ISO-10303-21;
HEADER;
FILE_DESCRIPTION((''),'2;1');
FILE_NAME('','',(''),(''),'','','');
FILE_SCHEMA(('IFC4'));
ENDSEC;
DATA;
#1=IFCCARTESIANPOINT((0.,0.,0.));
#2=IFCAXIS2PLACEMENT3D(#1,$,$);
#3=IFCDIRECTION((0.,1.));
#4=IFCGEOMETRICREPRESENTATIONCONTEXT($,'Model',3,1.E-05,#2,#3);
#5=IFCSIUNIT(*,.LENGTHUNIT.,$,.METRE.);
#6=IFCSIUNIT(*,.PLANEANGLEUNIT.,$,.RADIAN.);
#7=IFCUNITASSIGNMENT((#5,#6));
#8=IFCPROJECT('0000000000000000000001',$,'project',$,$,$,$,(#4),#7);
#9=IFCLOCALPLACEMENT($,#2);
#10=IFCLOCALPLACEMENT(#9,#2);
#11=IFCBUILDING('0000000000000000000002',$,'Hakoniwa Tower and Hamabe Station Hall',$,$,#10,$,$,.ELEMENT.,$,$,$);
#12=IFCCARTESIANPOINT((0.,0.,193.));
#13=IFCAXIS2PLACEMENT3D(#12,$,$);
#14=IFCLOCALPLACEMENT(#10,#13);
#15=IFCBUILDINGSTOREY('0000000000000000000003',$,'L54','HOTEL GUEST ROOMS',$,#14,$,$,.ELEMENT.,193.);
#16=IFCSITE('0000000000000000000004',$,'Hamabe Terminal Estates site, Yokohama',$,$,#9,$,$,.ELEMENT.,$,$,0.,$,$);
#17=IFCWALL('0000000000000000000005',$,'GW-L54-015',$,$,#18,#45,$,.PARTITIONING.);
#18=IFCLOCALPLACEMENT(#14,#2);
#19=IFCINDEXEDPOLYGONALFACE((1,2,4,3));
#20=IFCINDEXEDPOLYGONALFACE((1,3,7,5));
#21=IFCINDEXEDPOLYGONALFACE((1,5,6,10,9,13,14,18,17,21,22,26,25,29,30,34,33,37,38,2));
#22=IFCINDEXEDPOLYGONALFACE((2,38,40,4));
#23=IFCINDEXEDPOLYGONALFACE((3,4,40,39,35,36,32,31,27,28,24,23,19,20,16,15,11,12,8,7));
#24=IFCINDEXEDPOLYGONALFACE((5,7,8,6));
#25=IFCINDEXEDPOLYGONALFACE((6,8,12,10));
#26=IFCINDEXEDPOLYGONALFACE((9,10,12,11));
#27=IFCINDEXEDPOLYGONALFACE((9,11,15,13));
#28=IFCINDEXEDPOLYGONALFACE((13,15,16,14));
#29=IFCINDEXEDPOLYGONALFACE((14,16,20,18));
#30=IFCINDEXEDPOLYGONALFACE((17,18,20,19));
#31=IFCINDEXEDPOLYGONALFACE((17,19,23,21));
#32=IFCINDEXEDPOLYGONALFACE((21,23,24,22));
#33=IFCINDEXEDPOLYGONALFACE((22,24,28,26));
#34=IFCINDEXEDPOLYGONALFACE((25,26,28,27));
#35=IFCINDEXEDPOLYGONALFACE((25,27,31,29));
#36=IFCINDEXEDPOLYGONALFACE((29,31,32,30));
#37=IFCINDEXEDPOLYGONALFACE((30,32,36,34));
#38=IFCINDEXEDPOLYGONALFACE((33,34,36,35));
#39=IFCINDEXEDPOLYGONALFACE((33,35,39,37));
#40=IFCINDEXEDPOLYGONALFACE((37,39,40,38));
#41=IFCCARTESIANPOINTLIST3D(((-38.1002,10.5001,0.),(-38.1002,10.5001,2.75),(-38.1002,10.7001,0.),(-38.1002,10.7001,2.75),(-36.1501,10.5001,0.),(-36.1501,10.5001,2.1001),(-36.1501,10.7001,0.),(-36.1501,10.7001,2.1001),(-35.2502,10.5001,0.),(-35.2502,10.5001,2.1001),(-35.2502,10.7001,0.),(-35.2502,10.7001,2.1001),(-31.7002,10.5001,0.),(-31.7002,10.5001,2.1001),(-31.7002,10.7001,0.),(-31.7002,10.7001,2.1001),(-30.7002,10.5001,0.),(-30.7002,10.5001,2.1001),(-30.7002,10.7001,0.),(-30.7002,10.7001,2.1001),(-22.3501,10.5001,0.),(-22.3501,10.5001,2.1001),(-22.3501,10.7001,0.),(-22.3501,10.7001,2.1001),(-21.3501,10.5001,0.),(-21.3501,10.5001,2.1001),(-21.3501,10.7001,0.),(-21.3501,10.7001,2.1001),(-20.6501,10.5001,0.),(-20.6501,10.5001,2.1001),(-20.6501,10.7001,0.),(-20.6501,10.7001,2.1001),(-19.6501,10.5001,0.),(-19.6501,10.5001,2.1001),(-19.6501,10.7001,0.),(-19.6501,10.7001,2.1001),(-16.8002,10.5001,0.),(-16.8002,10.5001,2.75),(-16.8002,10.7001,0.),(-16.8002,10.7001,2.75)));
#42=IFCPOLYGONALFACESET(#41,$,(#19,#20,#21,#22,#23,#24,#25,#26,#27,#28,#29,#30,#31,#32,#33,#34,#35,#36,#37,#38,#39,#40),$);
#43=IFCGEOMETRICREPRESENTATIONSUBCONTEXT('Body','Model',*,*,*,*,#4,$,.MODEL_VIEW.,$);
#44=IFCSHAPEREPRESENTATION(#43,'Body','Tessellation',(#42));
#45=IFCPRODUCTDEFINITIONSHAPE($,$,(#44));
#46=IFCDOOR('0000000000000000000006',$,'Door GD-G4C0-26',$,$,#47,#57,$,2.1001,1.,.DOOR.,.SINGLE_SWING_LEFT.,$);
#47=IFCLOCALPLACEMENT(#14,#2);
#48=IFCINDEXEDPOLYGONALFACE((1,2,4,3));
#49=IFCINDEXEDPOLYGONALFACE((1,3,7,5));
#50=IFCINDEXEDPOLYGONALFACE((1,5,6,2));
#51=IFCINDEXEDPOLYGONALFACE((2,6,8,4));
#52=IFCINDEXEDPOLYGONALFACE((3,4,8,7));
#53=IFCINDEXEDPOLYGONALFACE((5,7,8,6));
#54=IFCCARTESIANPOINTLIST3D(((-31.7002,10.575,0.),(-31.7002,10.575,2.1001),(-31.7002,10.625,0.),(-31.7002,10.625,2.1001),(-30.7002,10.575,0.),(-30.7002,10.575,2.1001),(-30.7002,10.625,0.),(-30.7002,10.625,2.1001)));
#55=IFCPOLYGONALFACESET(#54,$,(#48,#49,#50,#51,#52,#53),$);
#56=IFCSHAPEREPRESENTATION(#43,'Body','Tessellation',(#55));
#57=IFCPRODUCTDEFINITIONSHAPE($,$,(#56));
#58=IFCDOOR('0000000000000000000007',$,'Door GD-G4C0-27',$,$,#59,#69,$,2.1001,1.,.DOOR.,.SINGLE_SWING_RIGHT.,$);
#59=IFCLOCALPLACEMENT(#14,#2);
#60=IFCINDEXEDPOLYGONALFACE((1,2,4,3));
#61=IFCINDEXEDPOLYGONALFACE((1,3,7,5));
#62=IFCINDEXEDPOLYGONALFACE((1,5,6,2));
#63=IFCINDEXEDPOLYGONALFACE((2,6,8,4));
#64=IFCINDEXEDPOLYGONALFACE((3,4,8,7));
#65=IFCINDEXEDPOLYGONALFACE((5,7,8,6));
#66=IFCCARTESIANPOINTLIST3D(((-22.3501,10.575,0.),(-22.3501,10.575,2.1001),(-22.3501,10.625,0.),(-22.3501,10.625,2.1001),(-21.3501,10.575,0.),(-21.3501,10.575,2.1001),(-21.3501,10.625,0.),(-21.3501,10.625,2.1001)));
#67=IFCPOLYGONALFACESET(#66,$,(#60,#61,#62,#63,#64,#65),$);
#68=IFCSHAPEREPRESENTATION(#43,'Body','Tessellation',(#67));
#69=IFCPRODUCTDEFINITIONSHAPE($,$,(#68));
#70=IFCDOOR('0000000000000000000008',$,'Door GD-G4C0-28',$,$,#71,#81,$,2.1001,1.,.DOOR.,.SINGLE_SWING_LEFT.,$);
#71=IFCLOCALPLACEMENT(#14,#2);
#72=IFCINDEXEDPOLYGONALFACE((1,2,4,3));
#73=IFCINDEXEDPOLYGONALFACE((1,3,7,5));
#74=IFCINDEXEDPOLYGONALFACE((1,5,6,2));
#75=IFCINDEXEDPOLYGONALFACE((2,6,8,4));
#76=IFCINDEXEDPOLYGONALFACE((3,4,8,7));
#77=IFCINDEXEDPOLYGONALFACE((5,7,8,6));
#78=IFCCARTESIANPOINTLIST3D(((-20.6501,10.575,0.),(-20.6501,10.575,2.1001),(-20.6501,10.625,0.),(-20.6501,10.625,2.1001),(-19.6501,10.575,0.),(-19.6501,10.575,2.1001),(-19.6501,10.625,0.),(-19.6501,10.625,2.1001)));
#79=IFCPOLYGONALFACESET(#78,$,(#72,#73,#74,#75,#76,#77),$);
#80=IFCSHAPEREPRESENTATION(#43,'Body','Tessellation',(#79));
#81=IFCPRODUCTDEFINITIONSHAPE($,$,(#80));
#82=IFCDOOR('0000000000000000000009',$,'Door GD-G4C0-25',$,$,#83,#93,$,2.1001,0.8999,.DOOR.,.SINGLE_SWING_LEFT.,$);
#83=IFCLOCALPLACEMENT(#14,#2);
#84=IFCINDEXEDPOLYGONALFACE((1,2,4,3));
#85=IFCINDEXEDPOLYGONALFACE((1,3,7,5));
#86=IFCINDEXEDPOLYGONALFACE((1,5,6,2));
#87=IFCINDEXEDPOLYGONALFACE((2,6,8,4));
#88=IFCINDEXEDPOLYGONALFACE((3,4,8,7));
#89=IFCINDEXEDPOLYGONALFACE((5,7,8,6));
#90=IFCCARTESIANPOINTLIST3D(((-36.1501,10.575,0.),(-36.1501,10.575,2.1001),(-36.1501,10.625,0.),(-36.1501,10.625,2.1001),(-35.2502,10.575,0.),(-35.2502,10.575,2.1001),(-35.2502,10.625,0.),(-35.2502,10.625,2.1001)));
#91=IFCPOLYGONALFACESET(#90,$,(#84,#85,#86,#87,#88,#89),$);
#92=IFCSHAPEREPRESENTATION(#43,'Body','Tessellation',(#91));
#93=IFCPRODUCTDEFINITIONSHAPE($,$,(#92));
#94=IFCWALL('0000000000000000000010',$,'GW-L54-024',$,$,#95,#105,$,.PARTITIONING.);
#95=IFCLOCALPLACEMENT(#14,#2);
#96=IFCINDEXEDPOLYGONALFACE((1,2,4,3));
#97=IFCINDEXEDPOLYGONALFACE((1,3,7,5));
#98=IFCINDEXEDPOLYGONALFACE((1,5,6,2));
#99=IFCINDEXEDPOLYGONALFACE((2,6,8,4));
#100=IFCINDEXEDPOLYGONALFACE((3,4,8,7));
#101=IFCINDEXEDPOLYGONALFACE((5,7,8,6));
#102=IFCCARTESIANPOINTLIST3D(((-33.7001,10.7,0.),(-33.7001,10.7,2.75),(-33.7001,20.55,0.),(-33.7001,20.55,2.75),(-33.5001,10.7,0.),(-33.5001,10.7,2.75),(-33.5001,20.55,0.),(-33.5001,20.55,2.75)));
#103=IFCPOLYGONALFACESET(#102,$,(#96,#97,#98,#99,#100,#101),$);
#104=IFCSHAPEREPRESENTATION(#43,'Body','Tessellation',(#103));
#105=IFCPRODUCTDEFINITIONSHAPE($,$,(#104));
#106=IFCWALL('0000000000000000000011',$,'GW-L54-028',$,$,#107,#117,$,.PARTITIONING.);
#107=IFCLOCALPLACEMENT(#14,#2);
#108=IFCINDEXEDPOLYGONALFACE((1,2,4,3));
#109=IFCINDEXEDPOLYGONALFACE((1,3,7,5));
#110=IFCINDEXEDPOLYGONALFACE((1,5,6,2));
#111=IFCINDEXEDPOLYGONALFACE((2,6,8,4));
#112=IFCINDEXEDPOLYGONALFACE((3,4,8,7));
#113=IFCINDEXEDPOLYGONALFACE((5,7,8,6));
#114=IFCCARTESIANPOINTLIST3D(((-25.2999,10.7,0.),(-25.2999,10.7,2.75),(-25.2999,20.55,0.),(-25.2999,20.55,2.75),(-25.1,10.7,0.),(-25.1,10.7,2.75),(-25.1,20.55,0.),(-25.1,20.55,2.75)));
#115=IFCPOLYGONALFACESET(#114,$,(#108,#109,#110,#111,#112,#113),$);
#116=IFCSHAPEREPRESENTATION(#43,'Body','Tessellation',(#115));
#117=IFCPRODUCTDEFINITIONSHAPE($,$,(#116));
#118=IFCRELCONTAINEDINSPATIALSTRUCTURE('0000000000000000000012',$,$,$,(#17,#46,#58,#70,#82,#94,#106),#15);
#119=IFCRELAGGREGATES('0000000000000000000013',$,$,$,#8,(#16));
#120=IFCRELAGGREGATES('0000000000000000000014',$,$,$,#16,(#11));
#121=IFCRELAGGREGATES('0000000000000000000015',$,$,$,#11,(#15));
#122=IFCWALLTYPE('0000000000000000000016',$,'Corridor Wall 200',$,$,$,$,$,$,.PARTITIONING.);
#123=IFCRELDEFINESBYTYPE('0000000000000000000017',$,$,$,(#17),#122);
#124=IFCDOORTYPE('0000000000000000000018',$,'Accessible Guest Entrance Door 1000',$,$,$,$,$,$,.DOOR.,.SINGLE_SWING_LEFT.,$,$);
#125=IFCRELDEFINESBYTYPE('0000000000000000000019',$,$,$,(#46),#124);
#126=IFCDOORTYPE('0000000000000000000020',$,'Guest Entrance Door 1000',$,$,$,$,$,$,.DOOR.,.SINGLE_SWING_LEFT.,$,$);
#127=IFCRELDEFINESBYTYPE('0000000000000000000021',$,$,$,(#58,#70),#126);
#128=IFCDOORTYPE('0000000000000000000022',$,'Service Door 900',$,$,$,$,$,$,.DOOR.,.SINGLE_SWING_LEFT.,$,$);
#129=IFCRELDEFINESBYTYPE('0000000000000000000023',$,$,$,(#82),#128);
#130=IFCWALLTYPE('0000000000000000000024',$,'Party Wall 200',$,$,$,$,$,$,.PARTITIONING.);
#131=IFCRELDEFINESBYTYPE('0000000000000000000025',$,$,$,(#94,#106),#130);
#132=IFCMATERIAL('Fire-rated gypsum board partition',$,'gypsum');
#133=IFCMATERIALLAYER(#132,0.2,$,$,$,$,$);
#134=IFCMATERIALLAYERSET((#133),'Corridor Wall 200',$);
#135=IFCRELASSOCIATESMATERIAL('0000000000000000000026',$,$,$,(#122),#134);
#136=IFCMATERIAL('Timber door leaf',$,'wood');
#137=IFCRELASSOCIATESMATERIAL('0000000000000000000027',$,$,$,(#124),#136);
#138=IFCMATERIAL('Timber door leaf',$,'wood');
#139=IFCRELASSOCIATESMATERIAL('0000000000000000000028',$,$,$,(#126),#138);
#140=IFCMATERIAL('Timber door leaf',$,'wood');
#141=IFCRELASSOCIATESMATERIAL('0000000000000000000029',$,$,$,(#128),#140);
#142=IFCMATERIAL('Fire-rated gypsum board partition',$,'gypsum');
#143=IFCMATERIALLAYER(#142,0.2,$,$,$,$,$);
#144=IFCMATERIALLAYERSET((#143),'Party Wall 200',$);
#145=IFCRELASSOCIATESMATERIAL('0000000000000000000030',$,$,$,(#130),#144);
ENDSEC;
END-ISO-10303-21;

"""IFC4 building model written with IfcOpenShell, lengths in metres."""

from ifc_helpers import new_model, si_unit, direction, frame, frame_2d, origin, place, context, subcontext, project, spatial, rectangle, extrude, material, layer, layer_set, type_object, element, fill, save


model = new_model("IFC4")

# Units and contexts
model_context = context("Model", 3, precision=1e-05, world=origin(), true_north=direction((0.0, 1.0)))
body_context = subcontext(model_context, "Body", "Model", "MODEL_VIEW")
ifc_project = project(units=[si_unit("LENGTHUNIT", "METRE"), si_unit("PLANEANGLEUNIT", "RADIAN")], contexts=[model_context])

# Site, building, storey
site_placement = place(None, origin())
site = spatial("IfcSite", under=ifc_project, at=site_placement, Name="Hamabe Terminal Estates site, Yokohama", CompositionType="ELEMENT", RefElevation=0.0)
building_placement = place(site_placement, origin())
building = spatial("IfcBuilding", under=site, at=building_placement, Name="Hakoniwa Tower and Hamabe Station Hall", CompositionType="ELEMENT")
storey_placement = place(building_placement, frame((0.0, 0.0, 193.0)))
storey = spatial("IfcBuildingStorey", under=building, at=storey_placement, Name="L54", Description="HOTEL GUEST ROOMS", CompositionType="ELEMENT", Elevation=193.0)

# Wall, openings, doors
ifc_material_1 = material(Name="Fire-rated gypsum board partition", Category="gypsum")
ifc_layer_1 = layer(ifc_material_1, 0.2)
ifc_layer_set_1 = layer_set([ifc_layer_1], Name="Corridor Wall 200")
wall_type_1 = type_object("IfcWallType", Name="Corridor Wall 200", PredefinedType="PARTITIONING", material=ifc_layer_set_1)
wall_1_placement = place(storey_placement, frame((-38.1001, 10.6001, 0.0), z_axis=(0.0, 0.0, 1.0), x_axis=(1.0, 0.0, 0.0)))
wall_1 = element("IfcWall", 1, at=wall_1_placement, inside=storey, type_object=wall_type_1, Name="GW-L54-015", PredefinedType="PARTITIONING", context=body_context, shape_type="SweptSolid", body=[
    extrude(rectangle(XDim=21.3, YDim=0.2, at=frame_2d((10.6499, 0.0))), origin(), (0.0, 0.0, 1.0), 2.75),
])
opening_1_placement = place(wall_1_placement, frame((1.95, 0.0, 0.0)))
opening_1 = element("IfcOpeningElement", 2, at=opening_1_placement, cuts=wall_1, PredefinedType="OPENING", context=body_context, shape_type="SweptSolid", body=[
    extrude(rectangle(XDim=0.8999, YDim=2.1001, at=frame_2d((0.45, 1.05))), frame((0.0, 0.1099, 0.0), z_axis=(0.0, -1.0, 0.0), x_axis=(1.0, 0.0, 0.0)), (0.0, 0.0, 1.0), 0.22),
])
opening_2_placement = place(wall_1_placement, frame((6.3999, 0.0, 0.0)))
opening_2 = element("IfcOpeningElement", 3, at=opening_2_placement, cuts=wall_1, PredefinedType="OPENING", context=body_context, shape_type="SweptSolid", body=[
    extrude(rectangle(XDim=1.0, YDim=2.1001, at=frame_2d((0.5, 1.05))), frame((0.0, 0.1099, 0.0), z_axis=(0.0, -1.0, 0.0), x_axis=(1.0, 0.0, 0.0)), (0.0, 0.0, 1.0), 0.22),
])
opening_3_placement = place(wall_1_placement, frame((15.75, 0.0, 0.0)))
opening_3 = element("IfcOpeningElement", 4, at=opening_3_placement, cuts=wall_1, PredefinedType="OPENING", context=body_context, shape_type="SweptSolid", body=[
    extrude(rectangle(XDim=1.0, YDim=2.1001, at=frame_2d((0.5, 1.05))), frame((0.0, 0.1099, 0.0), z_axis=(0.0, -1.0, 0.0), x_axis=(1.0, 0.0, 0.0)), (0.0, 0.0, 1.0), 0.22),
])
opening_4_placement = place(wall_1_placement, frame((17.45, 0.0, 0.0)))
opening_4 = element("IfcOpeningElement", 5, at=opening_4_placement, cuts=wall_1, PredefinedType="OPENING", context=body_context, shape_type="SweptSolid", body=[
    extrude(rectangle(XDim=1.0, YDim=2.1001, at=frame_2d((0.5, 1.05))), frame((0.0, 0.1099, 0.0), z_axis=(0.0, -1.0, 0.0), x_axis=(1.0, 0.0, 0.0)), (0.0, 0.0, 1.0), 0.22),
])
ifc_material_2 = material(Name="Timber door leaf", Category="wood")
door_type_1 = type_object("IfcDoorType", Name="Accessible Guest Entrance Door 1000", OperationType="SINGLE_SWING_LEFT", PredefinedType="DOOR", material=ifc_material_2)
door_1_placement = place(opening_2_placement, origin())
door_1 = element("IfcDoor", 6, at=door_1_placement, inside=storey, type_object=door_type_1, Name="Door GD-G4C0-26", OperationType="SINGLE_SWING_LEFT", OverallHeight=2.1001, OverallWidth=1.0, PredefinedType="DOOR", context=body_context, shape_type="SweptSolid", body=[
    extrude(rectangle(XDim=1.0, YDim=2.1001, at=frame_2d((0.5, 1.05))), frame((0.0, 0.0249, 0.0), z_axis=(0.0, -1.0, 0.0), x_axis=(1.0, 0.0, 0.0)), (0.0, 0.0, 1.0), 0.05),
])
fill(opening_2, door_1)
ifc_material_3 = material(Name="Timber door leaf", Category="wood")
door_type_2 = type_object("IfcDoorType", Name="Guest Entrance Door 1000", OperationType="SINGLE_SWING_LEFT", PredefinedType="DOOR", material=ifc_material_3)
door_2_placement = place(opening_3_placement, origin())
door_2 = element("IfcDoor", 7, at=door_2_placement, inside=storey, type_object=door_type_2, Name="Door GD-G4C0-27", OperationType="SINGLE_SWING_RIGHT", OverallHeight=2.1001, OverallWidth=1.0, PredefinedType="DOOR", context=body_context, shape_type="SweptSolid", body=[
    extrude(rectangle(XDim=1.0, YDim=2.1001, at=frame_2d((0.5, 1.05))), frame((0.0, 0.0249, 0.0), z_axis=(0.0, -1.0, 0.0), x_axis=(1.0, 0.0, 0.0)), (0.0, 0.0, 1.0), 0.05),
])
fill(opening_3, door_2)
door_3_placement = place(opening_4_placement, origin())
door_3 = element("IfcDoor", 8, at=door_3_placement, inside=storey, type_object=door_type_2, Name="Door GD-G4C0-28", OperationType="SINGLE_SWING_LEFT", OverallHeight=2.1001, OverallWidth=1.0, PredefinedType="DOOR", context=body_context, shape_type="SweptSolid", body=[
    extrude(rectangle(XDim=1.0, YDim=2.1001, at=frame_2d((0.5, 1.05))), frame((0.0, 0.0249, 0.0), z_axis=(0.0, -1.0, 0.0), x_axis=(1.0, 0.0, 0.0)), (0.0, 0.0, 1.0), 0.05),
])
fill(opening_4, door_3)
ifc_material_4 = material(Name="Timber door leaf", Category="wood")
door_type_3 = type_object("IfcDoorType", Name="Service Door 900", OperationType="SINGLE_SWING_LEFT", PredefinedType="DOOR", material=ifc_material_4)
door_4_placement = place(opening_1_placement, origin())
door_4 = element("IfcDoor", 9, at=door_4_placement, inside=storey, type_object=door_type_3, Name="Door GD-G4C0-25", OperationType="SINGLE_SWING_LEFT", OverallHeight=2.1001, OverallWidth=0.8999, PredefinedType="DOOR", context=body_context, shape_type="SweptSolid", body=[
    extrude(rectangle(XDim=0.8999, YDim=2.1001, at=frame_2d((0.45, 1.05))), frame((0.0, 0.0249, 0.0), z_axis=(0.0, -1.0, 0.0), x_axis=(1.0, 0.0, 0.0)), (0.0, 0.0, 1.0), 0.05),
])
fill(opening_1, door_4)

# Walls
ifc_material_5 = material(Name="Fire-rated gypsum board partition", Category="gypsum")
ifc_layer_2 = layer(ifc_material_5, 0.2)
ifc_layer_set_2 = layer_set([ifc_layer_2], Name="Party Wall 200")
wall_type_2 = type_object("IfcWallType", Name="Party Wall 200", PredefinedType="PARTITIONING", material=ifc_layer_set_2)
for number, where, z_axis, x_axis, name in (
    (10, (-33.6001, 10.7, 0.0), (0.0, 0.0, 1.0), (0.0, 1.0, 0.0), "GW-L54-024"),
    (11, (-25.2, 10.7, 0.0), (0.0, 0.0, 1.0), (0.0, 1.0, 0.0), "GW-L54-028"),
):
    element("IfcWall", number, at=place(storey_placement, frame(where, z_axis=z_axis, x_axis=x_axis)), inside=storey, type_object=wall_type_2, Name=name, PredefinedType="PARTITIONING", context=body_context, shape_type="SweptSolid", body=[
        extrude(rectangle(XDim=9.8501, YDim=0.2, at=frame_2d((4.925, 0.0))), origin(), (0.0, 0.0, 1.0), 2.75),
    ])

save(model, "model.ifc")
